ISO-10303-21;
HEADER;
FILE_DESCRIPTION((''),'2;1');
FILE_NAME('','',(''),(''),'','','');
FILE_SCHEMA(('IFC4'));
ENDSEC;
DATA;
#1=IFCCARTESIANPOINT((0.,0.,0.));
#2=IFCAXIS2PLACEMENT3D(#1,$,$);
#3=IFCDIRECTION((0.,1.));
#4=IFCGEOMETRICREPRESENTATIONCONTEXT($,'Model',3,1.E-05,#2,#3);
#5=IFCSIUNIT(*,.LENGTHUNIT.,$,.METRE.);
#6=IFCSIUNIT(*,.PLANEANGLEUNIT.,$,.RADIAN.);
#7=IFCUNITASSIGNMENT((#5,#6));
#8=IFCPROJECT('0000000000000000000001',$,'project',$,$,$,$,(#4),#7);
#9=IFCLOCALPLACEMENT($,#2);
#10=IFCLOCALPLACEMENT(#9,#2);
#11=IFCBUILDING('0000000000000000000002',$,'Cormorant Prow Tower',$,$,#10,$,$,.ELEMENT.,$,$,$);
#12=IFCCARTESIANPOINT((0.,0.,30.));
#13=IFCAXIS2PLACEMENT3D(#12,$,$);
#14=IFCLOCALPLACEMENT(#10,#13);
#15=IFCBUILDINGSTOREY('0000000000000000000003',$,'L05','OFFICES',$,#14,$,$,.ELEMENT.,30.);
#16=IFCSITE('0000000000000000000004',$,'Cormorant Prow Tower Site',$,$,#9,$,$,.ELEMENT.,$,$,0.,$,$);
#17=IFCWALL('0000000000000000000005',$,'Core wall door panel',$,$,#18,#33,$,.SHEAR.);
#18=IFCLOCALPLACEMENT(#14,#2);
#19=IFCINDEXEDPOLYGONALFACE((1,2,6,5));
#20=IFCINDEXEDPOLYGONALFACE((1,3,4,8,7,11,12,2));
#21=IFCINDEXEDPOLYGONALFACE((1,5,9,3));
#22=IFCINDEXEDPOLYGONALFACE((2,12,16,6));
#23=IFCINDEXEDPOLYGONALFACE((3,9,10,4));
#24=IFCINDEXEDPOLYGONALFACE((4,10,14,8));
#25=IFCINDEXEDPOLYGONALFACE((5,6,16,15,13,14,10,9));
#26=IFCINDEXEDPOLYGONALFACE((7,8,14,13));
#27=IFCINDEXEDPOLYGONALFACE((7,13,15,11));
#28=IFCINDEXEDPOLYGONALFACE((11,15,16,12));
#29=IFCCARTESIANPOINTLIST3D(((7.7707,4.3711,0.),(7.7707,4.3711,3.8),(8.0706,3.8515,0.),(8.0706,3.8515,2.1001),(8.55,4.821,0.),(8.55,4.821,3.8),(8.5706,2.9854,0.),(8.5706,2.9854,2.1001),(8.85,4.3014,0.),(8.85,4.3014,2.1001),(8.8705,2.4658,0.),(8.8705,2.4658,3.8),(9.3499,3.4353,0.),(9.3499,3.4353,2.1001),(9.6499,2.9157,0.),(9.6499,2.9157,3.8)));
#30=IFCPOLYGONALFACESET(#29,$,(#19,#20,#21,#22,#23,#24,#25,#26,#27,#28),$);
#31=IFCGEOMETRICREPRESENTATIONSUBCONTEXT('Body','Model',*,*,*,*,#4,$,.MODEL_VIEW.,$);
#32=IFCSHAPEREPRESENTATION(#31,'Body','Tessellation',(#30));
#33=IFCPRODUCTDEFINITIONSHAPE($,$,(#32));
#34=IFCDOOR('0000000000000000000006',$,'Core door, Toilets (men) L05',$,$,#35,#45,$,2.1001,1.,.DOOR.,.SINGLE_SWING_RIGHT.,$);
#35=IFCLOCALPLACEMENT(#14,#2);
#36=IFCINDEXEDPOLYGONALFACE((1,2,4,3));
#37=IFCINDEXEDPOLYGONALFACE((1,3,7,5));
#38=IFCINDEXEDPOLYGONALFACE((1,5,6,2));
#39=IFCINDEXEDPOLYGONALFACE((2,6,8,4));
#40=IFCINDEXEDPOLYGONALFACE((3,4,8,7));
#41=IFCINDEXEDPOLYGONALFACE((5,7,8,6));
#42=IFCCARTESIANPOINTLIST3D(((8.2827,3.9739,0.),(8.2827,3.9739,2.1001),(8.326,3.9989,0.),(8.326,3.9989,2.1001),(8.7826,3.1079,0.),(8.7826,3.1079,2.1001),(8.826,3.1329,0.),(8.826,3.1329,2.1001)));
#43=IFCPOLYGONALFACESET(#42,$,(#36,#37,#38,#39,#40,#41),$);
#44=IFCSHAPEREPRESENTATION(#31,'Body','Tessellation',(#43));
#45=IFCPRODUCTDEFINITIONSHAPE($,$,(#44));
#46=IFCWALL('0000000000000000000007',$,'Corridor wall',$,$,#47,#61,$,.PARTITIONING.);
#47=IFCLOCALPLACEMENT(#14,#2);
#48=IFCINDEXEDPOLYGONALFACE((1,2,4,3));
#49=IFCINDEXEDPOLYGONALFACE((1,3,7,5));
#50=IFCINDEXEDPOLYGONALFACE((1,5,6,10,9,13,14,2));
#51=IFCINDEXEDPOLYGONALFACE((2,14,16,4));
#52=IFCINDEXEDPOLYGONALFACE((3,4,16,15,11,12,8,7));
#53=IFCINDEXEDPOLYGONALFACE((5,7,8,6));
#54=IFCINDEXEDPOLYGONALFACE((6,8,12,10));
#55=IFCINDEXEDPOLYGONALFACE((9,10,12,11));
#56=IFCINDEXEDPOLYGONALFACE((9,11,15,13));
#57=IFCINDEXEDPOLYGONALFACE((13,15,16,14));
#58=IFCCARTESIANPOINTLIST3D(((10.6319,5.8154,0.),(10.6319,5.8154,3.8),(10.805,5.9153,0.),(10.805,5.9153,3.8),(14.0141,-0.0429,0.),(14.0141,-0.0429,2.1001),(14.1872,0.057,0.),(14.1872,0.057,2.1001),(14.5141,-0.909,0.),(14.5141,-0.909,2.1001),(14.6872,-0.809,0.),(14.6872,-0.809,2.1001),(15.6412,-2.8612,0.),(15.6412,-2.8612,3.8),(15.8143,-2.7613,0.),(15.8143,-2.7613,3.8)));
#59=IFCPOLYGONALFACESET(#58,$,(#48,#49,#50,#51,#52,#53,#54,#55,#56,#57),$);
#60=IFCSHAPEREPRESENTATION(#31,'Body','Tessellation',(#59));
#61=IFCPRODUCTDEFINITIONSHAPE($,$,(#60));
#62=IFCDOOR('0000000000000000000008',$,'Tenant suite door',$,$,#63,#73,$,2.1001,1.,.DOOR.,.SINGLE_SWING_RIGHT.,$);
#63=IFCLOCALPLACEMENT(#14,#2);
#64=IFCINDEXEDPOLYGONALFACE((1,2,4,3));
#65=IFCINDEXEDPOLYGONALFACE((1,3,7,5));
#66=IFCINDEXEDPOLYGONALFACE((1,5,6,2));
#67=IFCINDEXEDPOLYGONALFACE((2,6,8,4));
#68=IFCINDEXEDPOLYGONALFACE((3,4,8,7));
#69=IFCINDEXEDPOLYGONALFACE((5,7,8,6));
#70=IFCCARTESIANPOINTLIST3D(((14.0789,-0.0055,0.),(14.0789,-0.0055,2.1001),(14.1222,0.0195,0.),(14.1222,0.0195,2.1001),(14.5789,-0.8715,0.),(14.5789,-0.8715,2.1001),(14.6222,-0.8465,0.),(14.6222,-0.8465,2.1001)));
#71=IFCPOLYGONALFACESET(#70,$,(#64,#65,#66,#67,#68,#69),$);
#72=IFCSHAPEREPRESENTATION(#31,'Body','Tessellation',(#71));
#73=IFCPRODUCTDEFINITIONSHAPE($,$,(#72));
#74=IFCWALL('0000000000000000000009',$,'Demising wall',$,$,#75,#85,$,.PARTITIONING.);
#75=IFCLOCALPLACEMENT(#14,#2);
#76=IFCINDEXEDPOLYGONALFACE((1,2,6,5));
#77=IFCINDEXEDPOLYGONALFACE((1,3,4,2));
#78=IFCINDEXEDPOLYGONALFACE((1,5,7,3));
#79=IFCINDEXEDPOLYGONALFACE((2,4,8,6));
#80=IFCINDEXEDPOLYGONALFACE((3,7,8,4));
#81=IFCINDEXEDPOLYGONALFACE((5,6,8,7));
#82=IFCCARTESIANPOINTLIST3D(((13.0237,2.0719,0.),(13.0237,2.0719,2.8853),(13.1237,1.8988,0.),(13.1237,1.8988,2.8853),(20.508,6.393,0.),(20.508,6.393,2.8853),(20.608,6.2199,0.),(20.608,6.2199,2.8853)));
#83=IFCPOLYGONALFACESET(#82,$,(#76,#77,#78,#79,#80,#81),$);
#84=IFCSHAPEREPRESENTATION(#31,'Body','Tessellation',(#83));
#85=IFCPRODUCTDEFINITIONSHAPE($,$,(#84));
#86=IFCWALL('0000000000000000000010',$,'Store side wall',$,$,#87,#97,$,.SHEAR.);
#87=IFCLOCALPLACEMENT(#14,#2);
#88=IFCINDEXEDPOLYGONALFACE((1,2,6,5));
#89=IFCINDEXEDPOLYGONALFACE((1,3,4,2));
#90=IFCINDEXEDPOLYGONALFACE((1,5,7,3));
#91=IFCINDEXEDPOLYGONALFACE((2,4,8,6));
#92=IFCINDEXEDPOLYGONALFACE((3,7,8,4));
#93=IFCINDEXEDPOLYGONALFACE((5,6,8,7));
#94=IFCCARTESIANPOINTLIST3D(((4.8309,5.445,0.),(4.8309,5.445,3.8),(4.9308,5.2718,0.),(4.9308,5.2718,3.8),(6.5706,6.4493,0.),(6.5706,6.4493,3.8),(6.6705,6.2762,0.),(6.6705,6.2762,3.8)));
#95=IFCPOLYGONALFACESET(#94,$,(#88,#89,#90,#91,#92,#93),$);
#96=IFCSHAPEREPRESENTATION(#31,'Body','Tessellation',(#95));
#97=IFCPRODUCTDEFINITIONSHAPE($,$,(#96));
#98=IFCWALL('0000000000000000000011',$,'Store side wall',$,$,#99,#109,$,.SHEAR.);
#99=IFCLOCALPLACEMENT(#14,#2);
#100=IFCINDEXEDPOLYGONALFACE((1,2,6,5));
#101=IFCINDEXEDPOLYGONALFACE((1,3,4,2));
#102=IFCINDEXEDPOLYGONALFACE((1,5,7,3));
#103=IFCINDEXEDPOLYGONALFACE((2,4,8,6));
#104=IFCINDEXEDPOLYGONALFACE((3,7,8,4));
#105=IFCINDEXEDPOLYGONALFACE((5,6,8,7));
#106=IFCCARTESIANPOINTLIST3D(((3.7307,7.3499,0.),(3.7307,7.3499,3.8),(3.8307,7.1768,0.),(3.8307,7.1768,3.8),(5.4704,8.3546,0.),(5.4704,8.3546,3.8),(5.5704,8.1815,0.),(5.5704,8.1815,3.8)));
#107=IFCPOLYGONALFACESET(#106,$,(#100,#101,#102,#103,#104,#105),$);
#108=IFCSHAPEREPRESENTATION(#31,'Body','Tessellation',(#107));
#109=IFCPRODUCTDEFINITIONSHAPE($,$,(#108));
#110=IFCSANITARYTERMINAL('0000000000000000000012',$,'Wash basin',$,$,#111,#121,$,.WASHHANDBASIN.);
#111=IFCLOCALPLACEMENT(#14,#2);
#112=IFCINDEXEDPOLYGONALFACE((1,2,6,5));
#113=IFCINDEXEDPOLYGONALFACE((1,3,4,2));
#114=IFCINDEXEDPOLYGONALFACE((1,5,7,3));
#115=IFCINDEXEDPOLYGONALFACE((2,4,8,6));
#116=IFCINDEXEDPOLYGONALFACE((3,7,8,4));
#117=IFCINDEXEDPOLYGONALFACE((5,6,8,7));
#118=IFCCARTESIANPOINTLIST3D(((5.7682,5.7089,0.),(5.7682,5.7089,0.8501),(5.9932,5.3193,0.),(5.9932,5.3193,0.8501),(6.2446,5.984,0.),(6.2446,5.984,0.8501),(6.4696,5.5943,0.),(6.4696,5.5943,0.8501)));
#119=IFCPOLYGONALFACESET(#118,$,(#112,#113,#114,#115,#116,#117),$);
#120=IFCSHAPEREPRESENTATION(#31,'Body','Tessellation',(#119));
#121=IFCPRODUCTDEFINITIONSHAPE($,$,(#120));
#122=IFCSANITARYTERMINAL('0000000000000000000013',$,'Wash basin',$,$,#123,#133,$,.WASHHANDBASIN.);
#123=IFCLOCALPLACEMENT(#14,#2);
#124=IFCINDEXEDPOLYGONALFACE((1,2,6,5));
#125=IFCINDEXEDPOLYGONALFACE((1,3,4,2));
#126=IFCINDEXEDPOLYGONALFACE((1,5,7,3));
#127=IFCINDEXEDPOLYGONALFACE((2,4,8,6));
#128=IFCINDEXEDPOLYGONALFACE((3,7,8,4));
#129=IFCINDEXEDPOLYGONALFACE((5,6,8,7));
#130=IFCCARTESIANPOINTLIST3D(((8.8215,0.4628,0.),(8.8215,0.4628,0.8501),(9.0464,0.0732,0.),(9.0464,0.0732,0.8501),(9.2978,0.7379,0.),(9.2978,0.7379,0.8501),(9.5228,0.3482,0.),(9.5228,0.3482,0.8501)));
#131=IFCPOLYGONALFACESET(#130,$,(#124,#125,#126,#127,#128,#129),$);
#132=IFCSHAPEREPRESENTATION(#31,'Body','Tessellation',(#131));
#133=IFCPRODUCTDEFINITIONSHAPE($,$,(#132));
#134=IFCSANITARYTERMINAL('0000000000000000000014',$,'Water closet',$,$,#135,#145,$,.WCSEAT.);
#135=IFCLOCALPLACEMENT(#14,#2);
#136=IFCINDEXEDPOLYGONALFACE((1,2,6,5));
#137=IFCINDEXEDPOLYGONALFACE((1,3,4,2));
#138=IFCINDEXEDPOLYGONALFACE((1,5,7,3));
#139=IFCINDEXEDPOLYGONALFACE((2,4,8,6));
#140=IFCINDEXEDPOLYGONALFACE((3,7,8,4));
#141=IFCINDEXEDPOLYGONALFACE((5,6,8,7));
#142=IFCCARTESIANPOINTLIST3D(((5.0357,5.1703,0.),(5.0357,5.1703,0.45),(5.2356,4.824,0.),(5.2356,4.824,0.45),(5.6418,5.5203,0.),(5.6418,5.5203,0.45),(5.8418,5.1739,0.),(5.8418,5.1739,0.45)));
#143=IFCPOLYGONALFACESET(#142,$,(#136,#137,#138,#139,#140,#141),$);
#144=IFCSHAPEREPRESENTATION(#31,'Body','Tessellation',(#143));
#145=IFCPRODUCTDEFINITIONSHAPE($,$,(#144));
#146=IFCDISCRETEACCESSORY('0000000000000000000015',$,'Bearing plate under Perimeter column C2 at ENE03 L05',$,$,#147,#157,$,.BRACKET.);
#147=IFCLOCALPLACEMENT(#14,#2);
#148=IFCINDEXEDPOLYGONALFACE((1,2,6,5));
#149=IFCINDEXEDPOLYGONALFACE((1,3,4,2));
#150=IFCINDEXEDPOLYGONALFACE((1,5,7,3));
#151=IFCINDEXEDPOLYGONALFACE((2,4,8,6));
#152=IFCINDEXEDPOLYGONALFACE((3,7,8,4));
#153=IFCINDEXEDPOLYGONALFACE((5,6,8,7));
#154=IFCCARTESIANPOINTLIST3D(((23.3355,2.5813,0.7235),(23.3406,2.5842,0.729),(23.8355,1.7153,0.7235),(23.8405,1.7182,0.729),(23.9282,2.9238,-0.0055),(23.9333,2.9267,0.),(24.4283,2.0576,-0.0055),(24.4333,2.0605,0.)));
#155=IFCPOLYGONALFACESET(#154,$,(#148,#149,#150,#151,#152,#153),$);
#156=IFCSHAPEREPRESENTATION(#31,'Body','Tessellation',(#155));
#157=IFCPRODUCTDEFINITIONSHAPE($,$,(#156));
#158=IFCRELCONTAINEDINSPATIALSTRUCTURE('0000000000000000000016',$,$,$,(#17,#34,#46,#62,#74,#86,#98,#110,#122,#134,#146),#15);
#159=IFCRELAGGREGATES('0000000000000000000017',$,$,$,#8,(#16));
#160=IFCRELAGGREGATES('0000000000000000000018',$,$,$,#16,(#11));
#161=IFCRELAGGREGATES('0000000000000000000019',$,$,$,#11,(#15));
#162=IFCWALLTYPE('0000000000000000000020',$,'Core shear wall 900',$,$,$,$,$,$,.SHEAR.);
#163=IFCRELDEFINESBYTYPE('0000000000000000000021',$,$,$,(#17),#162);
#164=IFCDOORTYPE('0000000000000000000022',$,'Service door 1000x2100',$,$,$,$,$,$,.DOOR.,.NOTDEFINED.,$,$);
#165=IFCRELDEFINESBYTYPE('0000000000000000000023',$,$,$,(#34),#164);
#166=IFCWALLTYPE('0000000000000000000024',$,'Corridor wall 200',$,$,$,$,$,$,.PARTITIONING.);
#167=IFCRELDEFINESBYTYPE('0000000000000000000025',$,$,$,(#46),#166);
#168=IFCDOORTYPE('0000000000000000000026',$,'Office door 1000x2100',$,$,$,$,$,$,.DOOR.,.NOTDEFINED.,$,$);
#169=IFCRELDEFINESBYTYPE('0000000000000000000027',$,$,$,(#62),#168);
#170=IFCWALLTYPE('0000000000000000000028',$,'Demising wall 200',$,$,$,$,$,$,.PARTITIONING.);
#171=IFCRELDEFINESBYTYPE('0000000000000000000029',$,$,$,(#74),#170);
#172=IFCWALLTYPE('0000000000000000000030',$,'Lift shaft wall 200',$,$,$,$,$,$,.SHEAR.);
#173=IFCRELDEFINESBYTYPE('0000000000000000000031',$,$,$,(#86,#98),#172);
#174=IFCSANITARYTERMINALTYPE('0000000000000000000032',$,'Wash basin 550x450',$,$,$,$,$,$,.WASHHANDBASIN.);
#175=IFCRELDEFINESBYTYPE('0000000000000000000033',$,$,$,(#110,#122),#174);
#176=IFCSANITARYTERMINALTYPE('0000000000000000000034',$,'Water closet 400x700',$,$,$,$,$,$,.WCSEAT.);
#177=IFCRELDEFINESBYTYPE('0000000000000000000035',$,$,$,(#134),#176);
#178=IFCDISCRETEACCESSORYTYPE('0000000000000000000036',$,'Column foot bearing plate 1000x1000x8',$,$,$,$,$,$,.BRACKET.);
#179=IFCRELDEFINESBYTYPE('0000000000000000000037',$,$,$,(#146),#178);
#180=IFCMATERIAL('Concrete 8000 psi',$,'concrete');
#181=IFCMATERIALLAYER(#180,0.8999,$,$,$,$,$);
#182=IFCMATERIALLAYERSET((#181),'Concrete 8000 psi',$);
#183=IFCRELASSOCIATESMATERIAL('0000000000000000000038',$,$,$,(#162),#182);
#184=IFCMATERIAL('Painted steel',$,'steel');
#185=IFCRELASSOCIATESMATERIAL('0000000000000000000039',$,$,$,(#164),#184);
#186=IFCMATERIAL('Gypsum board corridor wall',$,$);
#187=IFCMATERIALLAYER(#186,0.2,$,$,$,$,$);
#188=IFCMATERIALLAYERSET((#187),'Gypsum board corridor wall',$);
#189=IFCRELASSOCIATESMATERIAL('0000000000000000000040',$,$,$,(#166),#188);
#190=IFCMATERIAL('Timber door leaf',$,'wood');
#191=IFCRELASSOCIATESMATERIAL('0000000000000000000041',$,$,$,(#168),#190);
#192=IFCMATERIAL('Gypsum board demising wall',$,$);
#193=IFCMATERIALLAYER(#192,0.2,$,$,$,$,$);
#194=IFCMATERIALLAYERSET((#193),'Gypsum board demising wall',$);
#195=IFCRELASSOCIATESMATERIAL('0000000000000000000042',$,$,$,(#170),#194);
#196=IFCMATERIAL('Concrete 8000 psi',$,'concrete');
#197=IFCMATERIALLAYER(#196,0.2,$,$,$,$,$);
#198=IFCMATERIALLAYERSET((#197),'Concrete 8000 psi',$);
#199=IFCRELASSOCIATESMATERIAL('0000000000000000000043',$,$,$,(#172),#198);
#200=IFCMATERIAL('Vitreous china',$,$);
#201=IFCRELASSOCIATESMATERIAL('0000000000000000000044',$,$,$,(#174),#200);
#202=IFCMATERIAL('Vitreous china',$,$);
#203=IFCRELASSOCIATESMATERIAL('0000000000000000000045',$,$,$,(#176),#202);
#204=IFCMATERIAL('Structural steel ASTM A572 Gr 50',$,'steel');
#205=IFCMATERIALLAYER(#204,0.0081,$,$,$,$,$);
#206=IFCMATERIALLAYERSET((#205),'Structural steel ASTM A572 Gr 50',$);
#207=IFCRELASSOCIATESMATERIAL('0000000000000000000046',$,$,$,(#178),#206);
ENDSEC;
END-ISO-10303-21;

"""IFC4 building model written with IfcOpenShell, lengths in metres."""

from ifc_helpers import new_model, si_unit, direction, frame, frame_2d, origin, origin_2d, place, context, subcontext, project, spatial, polyline, rectangle, outline, extrude, material, layer, layer_set, type_object, element, fill, save


model = new_model("IFC4")

# Units and contexts
model_context = context("Model", 3, precision=1e-05, world=origin(), true_north=direction((0.0, 1.0)))
body_context = subcontext(model_context, "Body", "Model", "MODEL_VIEW")
ifc_project = project(units=[si_unit("LENGTHUNIT", "METRE"), si_unit("PLANEANGLEUNIT", "RADIAN")], contexts=[model_context])

# Site, building, storey
site_placement = place(None, origin())
site = spatial("IfcSite", under=ifc_project, at=site_placement, Name="Cormorant Prow Tower Site", CompositionType="ELEMENT", RefElevation=0.0)
building_placement = place(site_placement, origin())
building = spatial("IfcBuilding", under=site, at=building_placement, Name="Cormorant Prow Tower", CompositionType="ELEMENT")
storey_placement = place(building_placement, frame((0.0, 0.0, 30.0)))
storey = spatial("IfcBuildingStorey", under=building, at=storey_placement, Name="L05", Description="OFFICES", CompositionType="ELEMENT", Elevation=30.0)

# Shared definitions
ifc_material_1 = material(Name="Concrete 8000 psi", Category="concrete")
ifc_layer_1 = layer(ifc_material_1, 0.8999)
ifc_layer_set_1 = layer_set([ifc_layer_1], Name="Concrete 8000 psi")
wall_type_1 = type_object("IfcWallType", Name="Core shear wall 900", PredefinedType="SHEAR", material=ifc_layer_set_1)

# Walls, openings, doors
wall_1_placement = place(storey_placement, frame((9.2603, 2.6907, 0.0), z_axis=(0.0, 0.0, 1.0), x_axis=(-0.499947, 0.866056, 0.0)))
wall_1 = element("IfcWall", 1, at=wall_1_placement, inside=storey, type_object=wall_type_1, Name="Core wall door panel", PredefinedType="SHEAR", context=body_context, shape_type="SweptSolid", body=[
    extrude(rectangle(XDim=2.2, YDim=0.8999, at=frame_2d((1.1001, 0.0))), origin(), (0.0, 0.0, 1.0), 3.8),
])
opening_1_placement = place(wall_1_placement, frame((0.6001, 0.0, 0.0)))
opening_1 = element("IfcOpeningElement", 2, at=opening_1_placement, cuts=wall_1, PredefinedType="OPENING", context=body_context, shape_type="SweptSolid", body=[
    extrude(rectangle(XDim=1.0, YDim=2.1001, at=frame_2d((0.5, 1.05))), frame((0.0, 0.46, 0.0), z_axis=(0.0, -1.0, 0.0), x_axis=(1.0, 0.0, 0.0)), (0.0, 0.0, 1.0), 0.9199),
])
ifc_material_2 = material(Name="Painted steel", Category="steel")
door_type_1 = type_object("IfcDoorType", Name="Service door 1000x2100", OperationType="NOTDEFINED", PredefinedType="DOOR", material=ifc_material_2)
door_1_placement = place(opening_1_placement, origin())
door_1 = element("IfcDoor", 3, at=door_1_placement, inside=storey, type_object=door_type_1, Name="Core door, Toilets (men) L05", OperationType="SINGLE_SWING_RIGHT", OverallHeight=2.1001, OverallWidth=1.0, PredefinedType="DOOR", context=body_context, shape_type="SweptSolid", body=[
    extrude(rectangle(XDim=1.0, YDim=2.1001, at=frame_2d((0.5, 1.05))), frame((0.0, 0.2051, 0.0), z_axis=(0.0, -1.0, 0.0), x_axis=(1.0, 0.0, 0.0)), (0.0, 0.0, 1.0), 0.05),
])
fill(opening_1, door_1)
ifc_material_3 = material(Name="Gypsum board corridor wall")
ifc_layer_2 = layer(ifc_material_3, 0.2)
ifc_layer_set_2 = layer_set([ifc_layer_2], Name="Gypsum board corridor wall")
wall_type_2 = type_object("IfcWallType", Name="Corridor wall 200", PredefinedType="PARTITIONING", material=ifc_layer_set_2)
wall_2_placement = place(storey_placement, frame((10.7185, 5.8652, 0.0), z_axis=(0.0, 0.0, 1.0), x_axis=(0.499992, -0.86603, 0.0)))
wall_2 = element("IfcWall", 4, at=wall_2_placement, inside=storey, type_object=wall_type_2, Name="Corridor wall", PredefinedType="PARTITIONING", context=body_context, shape_type="SweptSolid", body=[
    extrude(rectangle(XDim=10.0188, YDim=0.2, at=frame_2d((5.0093, 0.0))), origin(), (0.0, 0.0, 1.0), 3.8),
])
opening_2_placement = place(wall_2_placement, frame((6.7644, 0.0, 0.0)))
opening_2 = element("IfcOpeningElement", 5, at=opening_2_placement, cuts=wall_2, PredefinedType="OPENING", context=body_context, shape_type="SweptSolid", body=[
    extrude(rectangle(XDim=1.0, YDim=2.1001, at=frame_2d((0.5, 1.05))), frame((0.0, 0.1099, 0.0), z_axis=(0.0, -1.0, 0.0), x_axis=(1.0, 0.0, 0.0)), (0.0, 0.0, 1.0), 0.22),
])
ifc_material_4 = material(Name="Timber door leaf", Category="wood")
door_type_2 = type_object("IfcDoorType", Name="Office door 1000x2100", OperationType="NOTDEFINED", PredefinedType="DOOR", material=ifc_material_4)
door_2_placement = place(opening_2_placement, origin())
door_2 = element("IfcDoor", 6, at=door_2_placement, inside=storey, type_object=door_type_2, Name="Tenant suite door", OperationType="SINGLE_SWING_RIGHT", OverallHeight=2.1001, OverallWidth=1.0, PredefinedType="DOOR", context=body_context, shape_type="SweptSolid", body=[
    extrude(rectangle(XDim=1.0, YDim=2.1001, at=frame_2d((0.5, 1.05))), frame((0.0, 0.0249, 0.0), z_axis=(0.0, -1.0, 0.0), x_axis=(1.0, 0.0, 0.0)), (0.0, 0.0, 1.0), 0.05),
])
fill(opening_2, door_2)

# Walls
ifc_material_5 = material(Name="Gypsum board demising wall")
ifc_layer_3 = layer(ifc_material_5, 0.2)
ifc_layer_set_3 = layer_set([ifc_layer_3], Name="Gypsum board demising wall")
wall_type_3 = type_object("IfcWallType", Name="Demising wall 200", PredefinedType="PARTITIONING", material=ifc_layer_set_3)
wall_3_placement = place(storey_placement, frame((13.0737, 1.9854, 0.0), z_axis=(0.0, 0.0, 1.0), x_axis=(0.866021, 0.500007, 0.0)))
element("IfcWall", 7, at=wall_3_placement, inside=storey, type_object=wall_type_3, Name="Demising wall", PredefinedType="PARTITIONING", context=body_context, shape_type="SweptSolid", body=[
    extrude(rectangle(XDim=8.6421, YDim=0.2, at=frame_2d((4.321, 0.0))), origin(), (0.0, 0.0, 1.0), 2.8853),
])
ifc_material_6 = material(Name="Concrete 8000 psi", Category="concrete")
ifc_layer_4 = layer(ifc_material_6, 0.2)
ifc_layer_set_4 = layer_set([ifc_layer_4], Name="Concrete 8000 psi")
wall_type_4 = type_object("IfcWallType", Name="Lift shaft wall 200", PredefinedType="SHEAR", material=ifc_layer_set_4)
wall_4_placement = place(storey_placement, frame((4.8809, 5.3584, 0.0), z_axis=(0.0, 0.0, 1.0), x_axis=(0.866036, 0.499982, 0.0)))
element("IfcWall", 8, at=wall_4_placement, inside=storey, type_object=wall_type_4, Name="Store side wall", PredefinedType="SHEAR", context=body_context, shape_type="SweptSolid", body=[
    extrude(rectangle(XDim=2.0088, YDim=0.2, at=frame_2d((1.0044, 0.0))), origin(), (0.0, 0.0, 1.0), 3.8),
])
wall_5_placement = place(storey_placement, frame((3.7808, 7.2634, 0.0), z_axis=(0.0, 0.0, 1.0), x_axis=(0.865983, 0.500073, 0.0)))
element("IfcWall", 9, at=wall_5_placement, inside=storey, type_object=wall_type_4, Name="Store side wall", PredefinedType="SHEAR", context=body_context, shape_type="SweptSolid", body=[
    extrude(rectangle(XDim=2.009, YDim=0.2, at=frame_2d((1.0044, 0.0))), origin(), (0.0, 0.0, 1.0), 3.8),
])

# Sanitary terminals
ifc_material_7 = material(Name="Vitreous china")
sanitary_terminal_type_1 = type_object("IfcSanitaryTerminalType", Name="Wash basin 550x450", PredefinedType="WASHHANDBASIN", material=ifc_material_7)
for number, where, z_axis, x_axis, name in (
    (10, (6.1189, 5.6516, 0.0), (0.0, 0.0, 1.0), (-0.866043, -0.49997, 0.0), "Wash basin"),
    (11, (9.1721, 0.4055, 0.0), (0.0, 0.0, 1.0), (0.866017, 0.500015, 0.0), "Wash basin"),
):
    element("IfcSanitaryTerminal", number, at=place(storey_placement, frame(where, z_axis=z_axis, x_axis=x_axis)), inside=storey, type_object=sanitary_terminal_type_1, Name=name, PredefinedType="WASHHANDBASIN", context=body_context, shape_type="SweptSolid", body=[
        extrude(rectangle(XDim=0.55, YDim=0.45, at=origin_2d()), origin(), (0.0, 0.0, 1.0), 0.8501),
    ])
ifc_material_8 = material(Name="Vitreous china")
sanitary_terminal_type_2 = type_object("IfcSanitaryTerminalType", Name="Water closet 400x700", PredefinedType="WCSEAT", material=ifc_material_8)
sanitary_terminal_placement = place(storey_placement, frame((5.4387, 5.1721, 0.0), z_axis=(0.0, 0.0, 1.0), x_axis=(0.5, -0.866025, 0.0)))
element("IfcSanitaryTerminal", 12, at=sanitary_terminal_placement, inside=storey, type_object=sanitary_terminal_type_2, Name="Water closet", PredefinedType="WCSEAT", context=body_context, shape_type="SweptSolid", body=[
    extrude(rectangle(XDim=0.3999, YDim=0.7, at=origin_2d()), origin(), (0.0, 0.0, 1.0), 0.45),
])

# Discrete accessory
ifc_material_9 = material(Name="Structural steel ASTM A572 Gr 50", Category="steel")
ifc_layer_5 = layer(ifc_material_9, 0.0081)
ifc_layer_set_5 = layer_set([ifc_layer_5], Name="Structural steel ASTM A572 Gr 50")
discrete_accessory_type = type_object("IfcDiscreteAccessoryType", Name="Column foot bearing plate 1000x1000x8", PredefinedType="BRACKET", material=ifc_layer_set_5)
discrete_accessory_placement = place(storey_placement, frame((23.3406, 2.5842, 0.729), z_axis=(0.631325, 0.364469, 0.684537), x_axis=(0.499997, -0.866027, -0.00003)))
element("IfcDiscreteAccessory", 13, at=discrete_accessory_placement, inside=storey, type_object=discrete_accessory_type, Name="Bearing plate under Perimeter column C2 at ENE03 L05", PredefinedType="BRACKET", context=body_context, shape_type="SweptSolid", body=[
    extrude(outline(polyline([(0.0, 0.0), (0.9999, 0.0), (0.9999, 1.0), (-0.0002, 1.0001), (0.0, 0.0)])), origin(), (0.0, 0.0, -1.0), 0.0081),
])

save(model, "model.ifc")
